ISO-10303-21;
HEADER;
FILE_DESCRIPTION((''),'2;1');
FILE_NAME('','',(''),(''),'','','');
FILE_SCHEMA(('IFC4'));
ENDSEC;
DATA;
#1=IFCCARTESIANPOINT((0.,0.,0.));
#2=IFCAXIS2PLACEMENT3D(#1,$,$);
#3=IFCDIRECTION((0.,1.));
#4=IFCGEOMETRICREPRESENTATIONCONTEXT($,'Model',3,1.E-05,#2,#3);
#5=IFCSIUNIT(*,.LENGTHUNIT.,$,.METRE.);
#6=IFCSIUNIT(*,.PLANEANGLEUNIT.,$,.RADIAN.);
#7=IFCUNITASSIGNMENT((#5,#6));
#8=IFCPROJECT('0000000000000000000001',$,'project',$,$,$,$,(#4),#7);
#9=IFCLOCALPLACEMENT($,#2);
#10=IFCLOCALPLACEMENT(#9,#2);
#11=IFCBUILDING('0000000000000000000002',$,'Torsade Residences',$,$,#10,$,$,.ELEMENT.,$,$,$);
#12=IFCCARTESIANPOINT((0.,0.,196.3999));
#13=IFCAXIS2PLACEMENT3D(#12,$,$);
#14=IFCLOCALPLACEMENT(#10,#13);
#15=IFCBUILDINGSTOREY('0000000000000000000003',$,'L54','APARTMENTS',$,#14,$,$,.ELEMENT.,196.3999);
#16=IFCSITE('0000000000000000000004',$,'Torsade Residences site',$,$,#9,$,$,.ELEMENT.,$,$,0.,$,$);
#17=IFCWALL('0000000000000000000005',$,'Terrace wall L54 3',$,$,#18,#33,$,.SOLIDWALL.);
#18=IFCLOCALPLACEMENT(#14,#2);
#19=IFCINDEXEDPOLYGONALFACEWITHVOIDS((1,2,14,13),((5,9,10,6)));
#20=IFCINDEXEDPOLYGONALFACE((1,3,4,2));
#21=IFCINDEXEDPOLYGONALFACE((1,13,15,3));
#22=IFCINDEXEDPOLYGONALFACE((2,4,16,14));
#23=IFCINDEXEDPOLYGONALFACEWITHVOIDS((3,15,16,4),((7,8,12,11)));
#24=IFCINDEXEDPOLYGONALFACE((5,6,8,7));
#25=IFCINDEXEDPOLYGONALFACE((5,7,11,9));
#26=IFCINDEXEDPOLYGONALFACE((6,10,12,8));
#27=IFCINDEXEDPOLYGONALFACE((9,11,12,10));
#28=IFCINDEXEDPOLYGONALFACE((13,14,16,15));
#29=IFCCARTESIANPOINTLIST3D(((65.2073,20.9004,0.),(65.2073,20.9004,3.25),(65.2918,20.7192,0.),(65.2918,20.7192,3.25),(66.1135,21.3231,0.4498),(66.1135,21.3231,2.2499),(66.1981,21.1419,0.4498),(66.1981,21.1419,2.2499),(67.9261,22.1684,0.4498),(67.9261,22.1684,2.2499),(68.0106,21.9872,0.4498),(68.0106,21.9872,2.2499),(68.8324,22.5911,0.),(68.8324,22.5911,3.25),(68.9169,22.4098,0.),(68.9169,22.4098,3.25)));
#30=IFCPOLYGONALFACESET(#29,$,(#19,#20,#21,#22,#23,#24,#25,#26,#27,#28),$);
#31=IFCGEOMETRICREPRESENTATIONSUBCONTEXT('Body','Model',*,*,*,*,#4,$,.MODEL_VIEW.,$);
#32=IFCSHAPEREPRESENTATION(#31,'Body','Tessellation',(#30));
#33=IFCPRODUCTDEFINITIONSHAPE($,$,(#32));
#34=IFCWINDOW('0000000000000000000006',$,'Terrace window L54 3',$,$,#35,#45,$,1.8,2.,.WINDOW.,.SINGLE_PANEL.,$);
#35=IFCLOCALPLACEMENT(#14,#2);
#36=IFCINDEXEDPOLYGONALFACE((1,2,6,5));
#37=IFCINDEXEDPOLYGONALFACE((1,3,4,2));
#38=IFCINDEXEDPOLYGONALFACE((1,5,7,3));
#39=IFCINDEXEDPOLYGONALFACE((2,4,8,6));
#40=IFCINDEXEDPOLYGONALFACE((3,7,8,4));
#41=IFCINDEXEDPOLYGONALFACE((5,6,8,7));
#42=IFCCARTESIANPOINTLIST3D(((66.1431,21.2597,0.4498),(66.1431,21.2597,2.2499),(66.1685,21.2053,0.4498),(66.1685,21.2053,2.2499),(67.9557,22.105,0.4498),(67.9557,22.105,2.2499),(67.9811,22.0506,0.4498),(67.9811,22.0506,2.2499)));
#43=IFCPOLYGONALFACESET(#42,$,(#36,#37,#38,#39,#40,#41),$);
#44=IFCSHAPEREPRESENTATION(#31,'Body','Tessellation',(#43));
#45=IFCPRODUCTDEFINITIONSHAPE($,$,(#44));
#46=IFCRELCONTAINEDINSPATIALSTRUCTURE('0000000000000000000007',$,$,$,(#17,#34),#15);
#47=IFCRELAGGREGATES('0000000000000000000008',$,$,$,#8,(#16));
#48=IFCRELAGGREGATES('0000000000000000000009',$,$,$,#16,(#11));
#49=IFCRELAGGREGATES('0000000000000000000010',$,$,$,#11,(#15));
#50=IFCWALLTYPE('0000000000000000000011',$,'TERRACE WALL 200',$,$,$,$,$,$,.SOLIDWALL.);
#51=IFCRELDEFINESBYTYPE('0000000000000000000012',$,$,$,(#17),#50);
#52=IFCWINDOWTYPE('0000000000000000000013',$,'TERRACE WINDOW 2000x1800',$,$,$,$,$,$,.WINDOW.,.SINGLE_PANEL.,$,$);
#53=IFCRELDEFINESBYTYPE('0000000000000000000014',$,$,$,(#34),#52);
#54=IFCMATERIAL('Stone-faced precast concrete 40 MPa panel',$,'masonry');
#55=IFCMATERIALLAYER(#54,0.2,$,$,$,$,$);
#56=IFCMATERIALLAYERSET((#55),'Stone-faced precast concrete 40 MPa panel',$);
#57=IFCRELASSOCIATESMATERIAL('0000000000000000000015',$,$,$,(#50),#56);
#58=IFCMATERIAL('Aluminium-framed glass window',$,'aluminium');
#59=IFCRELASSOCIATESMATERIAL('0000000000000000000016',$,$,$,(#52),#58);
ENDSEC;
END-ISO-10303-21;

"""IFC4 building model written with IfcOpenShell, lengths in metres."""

from ifc_helpers import new_model, si_unit, direction, frame, frame_2d, origin, place, context, subcontext, project, spatial, rectangle, extrude, material, layer, layer_set, type_object, element, fill, save


model = new_model("IFC4")

# Units and contexts
model_context = context("Model", 3, precision=1e-05, world=origin(), true_north=direction((0.0, 1.0)))
body_context = subcontext(model_context, "Body", "Model", "MODEL_VIEW")
ifc_project = project(units=[si_unit("LENGTHUNIT", "METRE"), si_unit("PLANEANGLEUNIT", "RADIAN")], contexts=[model_context])

# Site, building, storey
site_placement = place(None, origin())
site = spatial("IfcSite", under=ifc_project, at=site_placement, Name="Torsade Residences site", CompositionType="ELEMENT", RefElevation=0.0)
building_placement = place(site_placement, origin())
building = spatial("IfcBuilding", under=site, at=building_placement, Name="Torsade Residences", CompositionType="ELEMENT")
storey_placement = place(building_placement, frame((0.0, 0.0, 196.3999)))
storey = spatial("IfcBuildingStorey", under=building, at=storey_placement, Name="L54", Description="APARTMENTS", CompositionType="ELEMENT", Elevation=196.3999)

# Wall, opening, window
ifc_material_1 = material(Name="Stone-faced precast concrete 40 MPa panel", Category="masonry")
ifc_layer_1 = layer(ifc_material_1, 0.2)
ifc_layer_set_1 = layer_set([ifc_layer_1], Name="Stone-faced precast concrete 40 MPa panel")
wall_type_1 = type_object("IfcWallType", Name="TERRACE WALL 200", PredefinedType="SOLIDWALL", material=ifc_layer_set_1)
wall_1_placement = place(storey_placement, frame((65.2495, 20.8098, 0.0), z_axis=(0.0, 0.0, 1.0), x_axis=(0.906289, 0.422658, 0.0)))
wall_1 = element("IfcWall", 1, at=wall_1_placement, inside=storey, type_object=wall_type_1, Name="Terrace wall L54 3", PredefinedType="SOLIDWALL", context=body_context, shape_type="SweptSolid", body=[
    extrude(rectangle(XDim=4.0, YDim=0.2, at=frame_2d((2.0, 0.0))), origin(), (0.0, 0.0, 1.0), 3.25),
])
opening_1_placement = place(wall_1_placement, frame((1.0, 0.0, 0.45)))
opening_1 = element("IfcOpeningElement", 2, at=opening_1_placement, cuts=wall_1, PredefinedType="OPENING", context=body_context, shape_type="SweptSolid", body=[
    extrude(rectangle(XDim=2.0, YDim=1.8, at=frame_2d((1.0, 0.8999))), frame((0.0, 0.1099, 0.0), z_axis=(0.0, -1.0, 0.0), x_axis=(1.0, 0.0, 0.0)), (0.0, 0.0, 1.0), 0.22),
])
ifc_material_2 = material(Name="Aluminium-framed glass window", Category="aluminium")
window_type = type_object("IfcWindowType", Name="TERRACE WINDOW 2000x1800", PartitioningType="SINGLE_PANEL", PredefinedType="WINDOW", material=ifc_material_2)
window_placement = place(opening_1_placement, origin())
window = element("IfcWindow", 3, at=window_placement, inside=storey, type_object=window_type, Name="Terrace window L54 3", OverallHeight=1.8, OverallWidth=2.0, PartitioningType="SINGLE_PANEL", PredefinedType="WINDOW", context=body_context, shape_type="SweptSolid", body=[
    extrude(rectangle(XDim=2.0, YDim=1.8, at=frame_2d((1.0, 0.8999))), frame((0.0, 0.03, 0.0), z_axis=(0.0, -1.0, 0.0), x_axis=(1.0, 0.0, 0.0)), (0.0, 0.0, 1.0), 0.0601),
])
fill(opening_1, window)

save(model, "model.ifc")
